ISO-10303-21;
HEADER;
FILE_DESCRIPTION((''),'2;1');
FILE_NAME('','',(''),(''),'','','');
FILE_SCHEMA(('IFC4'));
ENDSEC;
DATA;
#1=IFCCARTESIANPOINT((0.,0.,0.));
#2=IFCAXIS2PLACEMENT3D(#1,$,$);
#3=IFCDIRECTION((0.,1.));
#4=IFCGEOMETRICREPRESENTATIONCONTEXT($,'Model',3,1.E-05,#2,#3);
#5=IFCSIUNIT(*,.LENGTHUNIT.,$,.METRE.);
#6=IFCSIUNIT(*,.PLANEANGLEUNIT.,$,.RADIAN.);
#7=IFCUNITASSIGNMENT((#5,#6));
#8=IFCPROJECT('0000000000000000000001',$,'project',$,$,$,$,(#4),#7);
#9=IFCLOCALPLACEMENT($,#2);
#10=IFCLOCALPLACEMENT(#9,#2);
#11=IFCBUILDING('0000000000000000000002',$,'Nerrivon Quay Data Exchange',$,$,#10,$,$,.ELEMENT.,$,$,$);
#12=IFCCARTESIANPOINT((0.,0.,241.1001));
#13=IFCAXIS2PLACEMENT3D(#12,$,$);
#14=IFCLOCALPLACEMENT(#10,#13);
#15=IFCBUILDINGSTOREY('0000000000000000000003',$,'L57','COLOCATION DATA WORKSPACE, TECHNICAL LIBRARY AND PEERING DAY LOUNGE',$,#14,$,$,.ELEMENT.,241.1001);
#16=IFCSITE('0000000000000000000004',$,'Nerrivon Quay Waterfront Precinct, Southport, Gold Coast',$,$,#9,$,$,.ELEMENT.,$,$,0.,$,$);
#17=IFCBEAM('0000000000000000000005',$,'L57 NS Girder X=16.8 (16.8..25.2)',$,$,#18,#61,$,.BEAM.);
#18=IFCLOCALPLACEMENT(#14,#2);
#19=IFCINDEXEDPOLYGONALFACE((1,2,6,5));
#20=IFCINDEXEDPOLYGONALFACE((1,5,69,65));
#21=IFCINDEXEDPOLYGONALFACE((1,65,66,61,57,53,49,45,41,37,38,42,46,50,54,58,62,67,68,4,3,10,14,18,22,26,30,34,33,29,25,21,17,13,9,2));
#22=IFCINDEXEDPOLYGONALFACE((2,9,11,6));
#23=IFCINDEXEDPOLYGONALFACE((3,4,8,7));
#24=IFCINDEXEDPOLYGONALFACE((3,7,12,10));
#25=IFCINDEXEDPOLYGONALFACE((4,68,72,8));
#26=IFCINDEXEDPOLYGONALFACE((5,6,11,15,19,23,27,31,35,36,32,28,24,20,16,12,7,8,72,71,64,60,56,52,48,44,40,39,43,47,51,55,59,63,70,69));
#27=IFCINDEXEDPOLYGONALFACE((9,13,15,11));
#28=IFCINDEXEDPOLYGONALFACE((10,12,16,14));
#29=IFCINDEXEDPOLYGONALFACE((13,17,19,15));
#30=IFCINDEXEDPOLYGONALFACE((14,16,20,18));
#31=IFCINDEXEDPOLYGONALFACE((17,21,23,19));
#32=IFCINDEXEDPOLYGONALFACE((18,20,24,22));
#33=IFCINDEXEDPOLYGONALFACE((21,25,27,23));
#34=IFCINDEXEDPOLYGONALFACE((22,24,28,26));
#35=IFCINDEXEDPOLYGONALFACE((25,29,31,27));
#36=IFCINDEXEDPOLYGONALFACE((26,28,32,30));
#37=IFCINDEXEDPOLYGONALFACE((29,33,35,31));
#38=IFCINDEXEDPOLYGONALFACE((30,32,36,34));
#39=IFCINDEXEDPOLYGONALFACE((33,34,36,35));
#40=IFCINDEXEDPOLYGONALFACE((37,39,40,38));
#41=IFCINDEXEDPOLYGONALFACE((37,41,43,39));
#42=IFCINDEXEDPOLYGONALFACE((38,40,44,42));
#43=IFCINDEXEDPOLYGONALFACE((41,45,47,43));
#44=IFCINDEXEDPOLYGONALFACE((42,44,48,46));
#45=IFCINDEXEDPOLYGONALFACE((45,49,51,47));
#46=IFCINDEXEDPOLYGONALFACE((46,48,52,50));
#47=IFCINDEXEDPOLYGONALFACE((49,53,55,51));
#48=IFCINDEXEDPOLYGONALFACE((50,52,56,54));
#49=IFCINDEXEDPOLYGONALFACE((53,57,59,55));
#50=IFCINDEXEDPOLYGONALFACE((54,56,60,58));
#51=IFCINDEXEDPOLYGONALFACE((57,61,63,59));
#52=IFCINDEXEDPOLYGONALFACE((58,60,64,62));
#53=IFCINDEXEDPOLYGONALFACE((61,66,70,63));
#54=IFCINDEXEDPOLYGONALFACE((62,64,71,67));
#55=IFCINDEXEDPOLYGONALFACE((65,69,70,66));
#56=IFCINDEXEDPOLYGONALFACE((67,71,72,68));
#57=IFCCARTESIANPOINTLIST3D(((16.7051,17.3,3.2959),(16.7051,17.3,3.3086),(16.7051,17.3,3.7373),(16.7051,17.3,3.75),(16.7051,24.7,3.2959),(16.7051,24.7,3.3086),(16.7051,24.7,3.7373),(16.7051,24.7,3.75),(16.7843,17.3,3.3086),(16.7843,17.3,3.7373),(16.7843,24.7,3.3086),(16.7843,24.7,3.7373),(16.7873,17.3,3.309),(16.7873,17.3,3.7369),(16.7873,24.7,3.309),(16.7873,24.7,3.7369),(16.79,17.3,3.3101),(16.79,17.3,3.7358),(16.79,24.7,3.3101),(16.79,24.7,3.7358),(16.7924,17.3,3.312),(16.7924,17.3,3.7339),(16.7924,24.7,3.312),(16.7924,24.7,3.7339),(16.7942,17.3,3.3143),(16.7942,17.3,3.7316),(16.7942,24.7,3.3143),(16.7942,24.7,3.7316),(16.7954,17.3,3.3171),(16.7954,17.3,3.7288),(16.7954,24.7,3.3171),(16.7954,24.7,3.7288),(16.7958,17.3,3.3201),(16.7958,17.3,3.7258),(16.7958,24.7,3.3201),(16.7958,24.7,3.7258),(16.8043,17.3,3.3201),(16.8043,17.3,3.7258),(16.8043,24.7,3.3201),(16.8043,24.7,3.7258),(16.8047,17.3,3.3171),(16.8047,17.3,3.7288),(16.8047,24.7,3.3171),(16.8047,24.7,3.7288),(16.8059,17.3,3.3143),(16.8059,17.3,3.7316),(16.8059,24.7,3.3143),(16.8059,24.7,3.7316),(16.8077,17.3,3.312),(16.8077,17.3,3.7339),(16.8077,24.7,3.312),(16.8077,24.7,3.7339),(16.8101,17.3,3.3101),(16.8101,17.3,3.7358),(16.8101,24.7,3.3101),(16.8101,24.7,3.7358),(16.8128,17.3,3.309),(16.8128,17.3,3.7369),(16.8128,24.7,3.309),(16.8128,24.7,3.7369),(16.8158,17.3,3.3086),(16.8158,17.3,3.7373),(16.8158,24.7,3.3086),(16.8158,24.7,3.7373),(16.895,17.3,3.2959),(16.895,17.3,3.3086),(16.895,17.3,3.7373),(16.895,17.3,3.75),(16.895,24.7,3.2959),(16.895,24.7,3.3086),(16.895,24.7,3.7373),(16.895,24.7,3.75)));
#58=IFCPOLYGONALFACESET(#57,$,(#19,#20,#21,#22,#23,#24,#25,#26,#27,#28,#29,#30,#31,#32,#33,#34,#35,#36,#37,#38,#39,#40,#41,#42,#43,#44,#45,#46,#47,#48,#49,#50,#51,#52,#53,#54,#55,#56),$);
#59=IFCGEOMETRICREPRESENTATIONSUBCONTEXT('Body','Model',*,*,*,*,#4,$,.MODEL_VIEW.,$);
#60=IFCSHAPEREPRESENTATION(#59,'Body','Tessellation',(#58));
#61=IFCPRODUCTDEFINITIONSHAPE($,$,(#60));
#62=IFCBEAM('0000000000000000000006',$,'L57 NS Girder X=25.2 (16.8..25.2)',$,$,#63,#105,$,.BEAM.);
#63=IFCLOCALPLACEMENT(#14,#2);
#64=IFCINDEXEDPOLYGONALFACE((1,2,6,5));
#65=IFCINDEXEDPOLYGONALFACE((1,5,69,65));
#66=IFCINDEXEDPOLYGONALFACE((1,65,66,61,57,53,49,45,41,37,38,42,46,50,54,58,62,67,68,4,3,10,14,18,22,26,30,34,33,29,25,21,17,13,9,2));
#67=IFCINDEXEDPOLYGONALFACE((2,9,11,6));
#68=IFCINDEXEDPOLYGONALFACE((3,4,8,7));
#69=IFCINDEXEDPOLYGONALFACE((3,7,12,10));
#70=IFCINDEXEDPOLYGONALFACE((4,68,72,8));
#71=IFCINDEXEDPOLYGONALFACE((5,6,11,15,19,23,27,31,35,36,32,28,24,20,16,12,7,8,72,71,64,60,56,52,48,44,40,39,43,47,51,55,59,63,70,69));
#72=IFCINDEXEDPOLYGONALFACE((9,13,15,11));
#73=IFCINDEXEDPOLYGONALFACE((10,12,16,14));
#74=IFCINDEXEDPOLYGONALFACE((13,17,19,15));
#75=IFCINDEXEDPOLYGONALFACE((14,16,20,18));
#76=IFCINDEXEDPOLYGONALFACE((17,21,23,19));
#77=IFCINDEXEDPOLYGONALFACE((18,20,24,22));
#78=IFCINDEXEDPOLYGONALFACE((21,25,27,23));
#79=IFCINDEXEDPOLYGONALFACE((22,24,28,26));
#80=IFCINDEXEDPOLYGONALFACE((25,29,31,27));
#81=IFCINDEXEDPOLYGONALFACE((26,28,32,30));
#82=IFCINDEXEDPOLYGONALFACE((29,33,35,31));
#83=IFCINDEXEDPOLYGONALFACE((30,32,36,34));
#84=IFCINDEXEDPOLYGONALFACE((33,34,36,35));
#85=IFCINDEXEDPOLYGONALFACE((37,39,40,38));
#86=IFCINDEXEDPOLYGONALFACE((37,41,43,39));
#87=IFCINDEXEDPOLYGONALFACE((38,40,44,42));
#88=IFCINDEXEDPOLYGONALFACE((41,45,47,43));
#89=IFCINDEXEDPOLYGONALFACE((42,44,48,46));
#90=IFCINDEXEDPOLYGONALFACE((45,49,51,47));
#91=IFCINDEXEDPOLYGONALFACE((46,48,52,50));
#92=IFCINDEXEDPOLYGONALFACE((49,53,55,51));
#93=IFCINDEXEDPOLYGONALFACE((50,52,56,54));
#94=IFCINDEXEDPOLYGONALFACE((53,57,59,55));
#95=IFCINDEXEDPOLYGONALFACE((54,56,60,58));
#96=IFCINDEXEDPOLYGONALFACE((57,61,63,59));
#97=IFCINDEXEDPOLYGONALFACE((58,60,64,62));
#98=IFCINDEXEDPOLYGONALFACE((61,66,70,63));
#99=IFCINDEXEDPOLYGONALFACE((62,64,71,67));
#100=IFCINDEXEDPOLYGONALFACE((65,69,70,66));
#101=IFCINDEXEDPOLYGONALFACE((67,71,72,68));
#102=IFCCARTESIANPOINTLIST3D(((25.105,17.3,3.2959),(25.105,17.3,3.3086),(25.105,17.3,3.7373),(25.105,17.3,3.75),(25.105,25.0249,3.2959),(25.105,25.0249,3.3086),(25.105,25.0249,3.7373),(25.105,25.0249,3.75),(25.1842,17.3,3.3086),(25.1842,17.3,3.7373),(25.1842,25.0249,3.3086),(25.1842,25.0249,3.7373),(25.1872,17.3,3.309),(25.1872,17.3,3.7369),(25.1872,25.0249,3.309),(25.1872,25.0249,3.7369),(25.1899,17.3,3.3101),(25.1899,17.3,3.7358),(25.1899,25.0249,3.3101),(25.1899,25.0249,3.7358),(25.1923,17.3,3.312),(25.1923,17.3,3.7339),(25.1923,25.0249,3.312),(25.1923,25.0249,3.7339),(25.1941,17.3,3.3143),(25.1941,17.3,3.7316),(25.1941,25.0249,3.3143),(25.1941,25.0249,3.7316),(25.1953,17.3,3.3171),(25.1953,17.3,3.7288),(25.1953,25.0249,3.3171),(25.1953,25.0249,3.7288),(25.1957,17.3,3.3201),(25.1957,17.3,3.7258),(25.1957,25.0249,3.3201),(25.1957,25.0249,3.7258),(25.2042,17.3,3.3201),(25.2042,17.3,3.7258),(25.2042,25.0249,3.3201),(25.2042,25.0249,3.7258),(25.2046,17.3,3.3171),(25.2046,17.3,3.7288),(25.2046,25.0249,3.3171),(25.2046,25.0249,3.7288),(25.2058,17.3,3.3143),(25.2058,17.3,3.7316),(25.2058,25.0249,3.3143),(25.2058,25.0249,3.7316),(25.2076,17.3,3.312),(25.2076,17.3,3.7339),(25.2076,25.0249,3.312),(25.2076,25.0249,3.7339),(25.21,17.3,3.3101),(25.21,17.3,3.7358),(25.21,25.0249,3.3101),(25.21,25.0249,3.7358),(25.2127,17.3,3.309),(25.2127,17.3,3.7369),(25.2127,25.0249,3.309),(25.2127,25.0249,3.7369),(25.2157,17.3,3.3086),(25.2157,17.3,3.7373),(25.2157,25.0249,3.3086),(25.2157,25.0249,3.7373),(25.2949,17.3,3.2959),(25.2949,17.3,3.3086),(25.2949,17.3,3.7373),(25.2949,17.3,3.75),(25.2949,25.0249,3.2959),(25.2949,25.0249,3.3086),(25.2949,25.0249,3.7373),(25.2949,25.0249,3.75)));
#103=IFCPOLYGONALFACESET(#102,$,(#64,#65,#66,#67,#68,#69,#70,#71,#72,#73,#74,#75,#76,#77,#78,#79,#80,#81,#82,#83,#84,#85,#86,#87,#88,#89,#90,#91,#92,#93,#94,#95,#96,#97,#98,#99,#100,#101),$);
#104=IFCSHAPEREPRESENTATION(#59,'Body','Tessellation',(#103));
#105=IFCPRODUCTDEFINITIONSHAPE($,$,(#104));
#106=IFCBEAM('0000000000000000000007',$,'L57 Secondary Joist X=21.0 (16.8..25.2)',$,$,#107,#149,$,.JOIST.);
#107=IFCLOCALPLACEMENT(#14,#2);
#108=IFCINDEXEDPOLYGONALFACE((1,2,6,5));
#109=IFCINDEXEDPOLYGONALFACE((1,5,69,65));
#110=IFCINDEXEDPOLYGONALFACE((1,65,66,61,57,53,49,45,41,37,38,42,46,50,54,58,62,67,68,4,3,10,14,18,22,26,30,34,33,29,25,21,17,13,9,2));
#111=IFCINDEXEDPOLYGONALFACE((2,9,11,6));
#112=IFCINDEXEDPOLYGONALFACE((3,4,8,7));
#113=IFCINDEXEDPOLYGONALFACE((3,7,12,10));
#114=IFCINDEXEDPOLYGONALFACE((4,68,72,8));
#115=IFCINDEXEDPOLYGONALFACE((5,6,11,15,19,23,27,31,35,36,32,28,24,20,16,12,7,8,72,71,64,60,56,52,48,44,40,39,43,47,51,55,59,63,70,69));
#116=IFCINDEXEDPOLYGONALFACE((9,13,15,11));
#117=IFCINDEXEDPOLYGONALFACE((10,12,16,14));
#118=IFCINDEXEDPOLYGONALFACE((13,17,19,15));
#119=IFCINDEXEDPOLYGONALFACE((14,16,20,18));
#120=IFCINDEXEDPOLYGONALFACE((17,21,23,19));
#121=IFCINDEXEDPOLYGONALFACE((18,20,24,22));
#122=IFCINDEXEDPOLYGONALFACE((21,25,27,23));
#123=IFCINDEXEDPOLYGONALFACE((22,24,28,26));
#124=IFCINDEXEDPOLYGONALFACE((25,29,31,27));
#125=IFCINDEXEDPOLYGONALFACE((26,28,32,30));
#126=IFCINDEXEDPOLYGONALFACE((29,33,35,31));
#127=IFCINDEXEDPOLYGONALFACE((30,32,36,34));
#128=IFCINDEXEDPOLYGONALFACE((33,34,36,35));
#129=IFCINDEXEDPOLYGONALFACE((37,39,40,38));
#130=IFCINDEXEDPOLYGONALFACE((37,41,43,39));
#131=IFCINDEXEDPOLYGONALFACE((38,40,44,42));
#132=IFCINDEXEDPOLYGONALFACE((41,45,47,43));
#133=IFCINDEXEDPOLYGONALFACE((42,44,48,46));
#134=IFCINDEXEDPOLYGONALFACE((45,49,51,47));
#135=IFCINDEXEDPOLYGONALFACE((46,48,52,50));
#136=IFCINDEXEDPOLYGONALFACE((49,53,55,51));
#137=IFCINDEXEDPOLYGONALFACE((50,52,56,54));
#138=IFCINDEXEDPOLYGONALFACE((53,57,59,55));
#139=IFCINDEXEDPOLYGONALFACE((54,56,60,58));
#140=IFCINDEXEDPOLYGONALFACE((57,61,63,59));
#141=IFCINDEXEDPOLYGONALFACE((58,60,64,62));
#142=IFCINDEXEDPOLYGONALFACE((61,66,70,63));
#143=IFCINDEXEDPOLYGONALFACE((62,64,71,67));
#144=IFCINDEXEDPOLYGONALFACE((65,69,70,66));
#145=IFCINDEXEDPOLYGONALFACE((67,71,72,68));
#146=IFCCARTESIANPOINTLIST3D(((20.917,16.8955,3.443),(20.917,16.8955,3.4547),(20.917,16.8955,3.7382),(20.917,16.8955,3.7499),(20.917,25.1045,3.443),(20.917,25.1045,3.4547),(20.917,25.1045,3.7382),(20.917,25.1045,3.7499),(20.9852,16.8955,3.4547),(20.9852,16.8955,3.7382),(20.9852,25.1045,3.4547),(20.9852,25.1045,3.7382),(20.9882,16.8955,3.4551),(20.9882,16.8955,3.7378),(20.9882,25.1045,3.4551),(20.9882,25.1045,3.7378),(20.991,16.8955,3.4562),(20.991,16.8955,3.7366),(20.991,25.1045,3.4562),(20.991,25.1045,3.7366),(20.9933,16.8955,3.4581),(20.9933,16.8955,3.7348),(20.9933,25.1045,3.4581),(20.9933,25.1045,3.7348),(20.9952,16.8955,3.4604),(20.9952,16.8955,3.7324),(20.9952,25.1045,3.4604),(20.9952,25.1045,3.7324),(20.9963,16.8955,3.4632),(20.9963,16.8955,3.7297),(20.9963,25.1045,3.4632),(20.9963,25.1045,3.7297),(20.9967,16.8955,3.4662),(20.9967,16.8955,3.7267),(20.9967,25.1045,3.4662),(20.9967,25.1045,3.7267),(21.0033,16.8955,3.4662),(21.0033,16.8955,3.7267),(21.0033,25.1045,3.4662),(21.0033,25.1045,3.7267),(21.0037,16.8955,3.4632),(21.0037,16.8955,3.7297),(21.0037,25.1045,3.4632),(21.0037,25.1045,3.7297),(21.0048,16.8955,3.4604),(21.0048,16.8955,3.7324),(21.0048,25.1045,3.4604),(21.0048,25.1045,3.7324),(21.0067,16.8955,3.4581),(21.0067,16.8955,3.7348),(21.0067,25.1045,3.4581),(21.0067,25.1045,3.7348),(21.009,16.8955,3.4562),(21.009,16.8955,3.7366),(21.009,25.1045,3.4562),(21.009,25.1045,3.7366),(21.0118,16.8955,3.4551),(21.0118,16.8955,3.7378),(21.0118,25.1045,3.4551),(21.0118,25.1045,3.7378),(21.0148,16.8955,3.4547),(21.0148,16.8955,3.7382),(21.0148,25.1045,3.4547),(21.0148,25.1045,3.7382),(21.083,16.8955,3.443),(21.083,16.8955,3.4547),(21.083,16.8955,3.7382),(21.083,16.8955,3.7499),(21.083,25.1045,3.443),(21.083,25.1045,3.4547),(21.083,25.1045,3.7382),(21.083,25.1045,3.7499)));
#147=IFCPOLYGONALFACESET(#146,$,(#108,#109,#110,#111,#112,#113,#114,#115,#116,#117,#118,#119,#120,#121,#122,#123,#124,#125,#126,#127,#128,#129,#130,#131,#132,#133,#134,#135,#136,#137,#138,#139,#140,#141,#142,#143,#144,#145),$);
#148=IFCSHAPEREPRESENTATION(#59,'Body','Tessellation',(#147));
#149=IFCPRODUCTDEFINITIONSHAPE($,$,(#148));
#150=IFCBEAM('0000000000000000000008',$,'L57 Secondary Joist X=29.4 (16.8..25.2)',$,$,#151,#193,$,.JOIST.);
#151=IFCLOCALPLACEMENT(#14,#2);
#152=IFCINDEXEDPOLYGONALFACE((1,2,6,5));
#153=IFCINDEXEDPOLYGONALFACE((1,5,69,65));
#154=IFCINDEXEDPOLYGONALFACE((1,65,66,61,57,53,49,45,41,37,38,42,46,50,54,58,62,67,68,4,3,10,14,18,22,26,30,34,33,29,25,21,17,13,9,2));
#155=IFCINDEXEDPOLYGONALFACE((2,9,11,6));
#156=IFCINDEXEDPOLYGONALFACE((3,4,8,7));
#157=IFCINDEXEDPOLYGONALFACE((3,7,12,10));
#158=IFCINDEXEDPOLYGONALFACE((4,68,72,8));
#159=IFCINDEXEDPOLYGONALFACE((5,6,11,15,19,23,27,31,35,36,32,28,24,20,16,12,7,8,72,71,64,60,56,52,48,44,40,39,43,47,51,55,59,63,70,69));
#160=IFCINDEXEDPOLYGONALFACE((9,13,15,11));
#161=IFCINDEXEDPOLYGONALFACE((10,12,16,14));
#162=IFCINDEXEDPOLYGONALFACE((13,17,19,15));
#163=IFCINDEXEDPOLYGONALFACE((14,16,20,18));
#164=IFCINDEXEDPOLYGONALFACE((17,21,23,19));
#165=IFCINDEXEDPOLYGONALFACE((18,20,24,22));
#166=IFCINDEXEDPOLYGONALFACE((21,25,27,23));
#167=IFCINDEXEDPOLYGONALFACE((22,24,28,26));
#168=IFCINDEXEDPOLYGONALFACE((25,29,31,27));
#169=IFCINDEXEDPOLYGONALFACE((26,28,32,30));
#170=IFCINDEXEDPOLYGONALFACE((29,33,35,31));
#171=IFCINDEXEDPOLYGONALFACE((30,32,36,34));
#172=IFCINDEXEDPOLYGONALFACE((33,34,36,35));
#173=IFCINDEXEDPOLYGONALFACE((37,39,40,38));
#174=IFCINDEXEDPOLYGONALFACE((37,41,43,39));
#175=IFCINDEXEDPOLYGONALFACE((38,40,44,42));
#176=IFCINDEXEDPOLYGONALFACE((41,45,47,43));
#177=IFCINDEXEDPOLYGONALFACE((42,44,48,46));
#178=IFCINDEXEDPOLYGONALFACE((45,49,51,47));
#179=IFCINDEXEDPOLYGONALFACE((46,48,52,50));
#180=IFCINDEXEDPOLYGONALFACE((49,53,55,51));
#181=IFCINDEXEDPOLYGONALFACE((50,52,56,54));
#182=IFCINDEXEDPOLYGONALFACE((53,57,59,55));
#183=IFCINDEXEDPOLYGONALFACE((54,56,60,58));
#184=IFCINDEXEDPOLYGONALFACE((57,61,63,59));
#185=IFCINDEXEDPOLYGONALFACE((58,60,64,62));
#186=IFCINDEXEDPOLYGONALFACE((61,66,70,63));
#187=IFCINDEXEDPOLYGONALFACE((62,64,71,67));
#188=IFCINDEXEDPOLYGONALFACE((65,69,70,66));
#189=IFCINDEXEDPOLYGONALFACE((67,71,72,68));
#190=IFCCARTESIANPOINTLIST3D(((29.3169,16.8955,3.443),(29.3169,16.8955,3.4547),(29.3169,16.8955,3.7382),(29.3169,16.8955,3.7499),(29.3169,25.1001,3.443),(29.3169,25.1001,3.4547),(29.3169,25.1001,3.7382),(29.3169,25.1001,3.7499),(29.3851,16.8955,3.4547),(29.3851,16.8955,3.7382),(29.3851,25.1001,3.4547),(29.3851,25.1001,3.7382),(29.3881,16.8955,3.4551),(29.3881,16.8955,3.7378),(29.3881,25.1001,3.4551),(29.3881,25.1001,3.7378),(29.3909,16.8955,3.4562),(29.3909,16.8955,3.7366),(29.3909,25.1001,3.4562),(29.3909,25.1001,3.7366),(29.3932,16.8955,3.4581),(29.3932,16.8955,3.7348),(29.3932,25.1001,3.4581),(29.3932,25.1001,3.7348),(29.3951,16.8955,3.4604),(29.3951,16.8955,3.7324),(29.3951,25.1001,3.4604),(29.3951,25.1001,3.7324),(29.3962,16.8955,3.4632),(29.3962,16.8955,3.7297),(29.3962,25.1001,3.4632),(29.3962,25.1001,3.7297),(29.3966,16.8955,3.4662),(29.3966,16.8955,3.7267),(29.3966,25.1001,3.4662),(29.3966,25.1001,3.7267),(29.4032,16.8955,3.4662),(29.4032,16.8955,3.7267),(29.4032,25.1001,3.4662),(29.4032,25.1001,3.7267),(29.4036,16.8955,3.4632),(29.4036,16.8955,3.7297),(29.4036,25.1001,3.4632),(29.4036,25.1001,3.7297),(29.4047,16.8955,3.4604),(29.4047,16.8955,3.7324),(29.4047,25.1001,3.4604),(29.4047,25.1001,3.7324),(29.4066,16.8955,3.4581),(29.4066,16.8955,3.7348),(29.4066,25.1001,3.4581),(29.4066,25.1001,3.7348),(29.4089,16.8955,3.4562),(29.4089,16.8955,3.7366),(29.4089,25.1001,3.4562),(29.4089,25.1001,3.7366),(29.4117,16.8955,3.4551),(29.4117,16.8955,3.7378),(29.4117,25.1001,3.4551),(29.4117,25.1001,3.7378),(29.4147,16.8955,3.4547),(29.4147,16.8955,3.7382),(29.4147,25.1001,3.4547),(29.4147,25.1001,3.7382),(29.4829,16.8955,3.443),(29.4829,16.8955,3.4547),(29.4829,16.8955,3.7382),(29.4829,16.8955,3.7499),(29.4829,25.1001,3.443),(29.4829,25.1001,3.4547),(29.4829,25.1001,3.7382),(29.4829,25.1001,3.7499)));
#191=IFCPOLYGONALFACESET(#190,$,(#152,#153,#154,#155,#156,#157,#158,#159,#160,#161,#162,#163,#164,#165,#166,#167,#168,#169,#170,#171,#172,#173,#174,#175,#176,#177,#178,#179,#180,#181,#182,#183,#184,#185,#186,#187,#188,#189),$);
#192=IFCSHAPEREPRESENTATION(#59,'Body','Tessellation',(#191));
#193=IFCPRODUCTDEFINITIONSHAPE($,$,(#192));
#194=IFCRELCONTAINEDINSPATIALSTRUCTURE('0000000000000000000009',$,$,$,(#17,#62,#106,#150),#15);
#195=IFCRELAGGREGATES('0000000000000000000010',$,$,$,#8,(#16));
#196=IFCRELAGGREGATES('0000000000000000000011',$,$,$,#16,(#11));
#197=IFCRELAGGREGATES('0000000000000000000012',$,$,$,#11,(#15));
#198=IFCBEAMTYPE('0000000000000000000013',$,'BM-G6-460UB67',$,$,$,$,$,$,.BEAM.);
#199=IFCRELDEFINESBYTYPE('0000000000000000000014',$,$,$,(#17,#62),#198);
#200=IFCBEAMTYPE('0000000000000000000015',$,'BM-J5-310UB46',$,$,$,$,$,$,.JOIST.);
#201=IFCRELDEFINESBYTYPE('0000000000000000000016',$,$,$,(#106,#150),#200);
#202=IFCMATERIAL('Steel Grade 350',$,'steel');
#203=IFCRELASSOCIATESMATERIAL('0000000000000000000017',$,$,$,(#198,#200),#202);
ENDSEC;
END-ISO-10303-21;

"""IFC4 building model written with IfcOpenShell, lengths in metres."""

from ifc_helpers import new_model, si_unit, direction, frame, origin, origin_2d, place, context, subcontext, project, spatial, i_section, extrude, material, material_profile, profile_set, type_object, element, save


model = new_model("IFC4")

# Units and contexts
model_context = context("Model", 3, precision=1e-05, world=origin(), true_north=direction((0.0, 1.0)))
body_context = subcontext(model_context, "Body", "Model", "MODEL_VIEW")
ifc_project = project(units=[si_unit("LENGTHUNIT", "METRE"), si_unit("PLANEANGLEUNIT", "RADIAN")], contexts=[model_context])

# Site, building, storey
site_placement = place(None, origin())
site = spatial("IfcSite", under=ifc_project, at=site_placement, Name="Nerrivon Quay Waterfront Precinct, Southport, Gold Coast", CompositionType="ELEMENT", RefElevation=0.0)
building_placement = place(site_placement, origin())
building = spatial("IfcBuilding", under=site, at=building_placement, Name="Nerrivon Quay Data Exchange", CompositionType="ELEMENT")
storey_placement = place(building_placement, frame((0.0, 0.0, 241.1001)))
storey = spatial("IfcBuildingStorey", under=building, at=storey_placement, Name="L57", Description="COLOCATION DATA WORKSPACE, TECHNICAL LIBRARY AND PEERING DAY LOUNGE", CompositionType="ELEMENT", Elevation=241.1001)

# Beams
ifc_material_1 = material(Name="Steel Grade 350", Category="steel")
ifc_material_profile_1 = material_profile(ifc_material_1, i_section(OverallWidth=0.1899, OverallDepth=0.4541, WebThickness=0.0085, FlangeThickness=0.0127, FilletRadius=0.0115, at=origin_2d()), Name="460UB67.1")
ifc_profile_set_1 = profile_set([ifc_material_profile_1], Name="Steel Grade 350")
beam_type_1 = type_object("IfcBeamType", Name="BM-G6-460UB67", PredefinedType="BEAM", material=ifc_profile_set_1)
beam_1_placement = place(storey_placement, frame((16.8, 17.3, 3.5229), z_axis=(0.0, 1.0, 0.0), x_axis=(-1.0, 0.0, 0.0)))
element("IfcBeam", 1, at=beam_1_placement, inside=storey, type_object=beam_type_1, Name="L57 NS Girder X=16.8 (16.8..25.2)", PredefinedType="BEAM", context=body_context, shape_type="SweptSolid", body=[
    extrude(i_section(OverallWidth=0.1899, OverallDepth=0.4541, WebThickness=0.0085, FlangeThickness=0.0127, FilletRadius=0.0115, at=origin_2d()), origin(), (0.0, 0.0, 1.0), 7.3999),
])
beam_2_placement = place(storey_placement, frame((25.2, 17.3, 3.5229), z_axis=(0.0, 1.0, 0.0), x_axis=(-1.0, 0.0, 0.0)))
element("IfcBeam", 2, at=beam_2_placement, inside=storey, type_object=beam_type_1, Name="L57 NS Girder X=25.2 (16.8..25.2)", PredefinedType="BEAM", context=body_context, shape_type="SweptSolid", body=[
    extrude(i_section(OverallWidth=0.1899, OverallDepth=0.4541, WebThickness=0.0085, FlangeThickness=0.0127, FilletRadius=0.0115, at=origin_2d()), origin(), (0.0, 0.0, 1.0), 7.7249),
])
ifc_material_profile_2 = material_profile(ifc_material_1, i_section(OverallWidth=0.166, OverallDepth=0.3069, WebThickness=0.0066, FlangeThickness=0.0117, FilletRadius=0.0115, at=origin_2d()), Name="310UB46.2")
ifc_profile_set_2 = profile_set([ifc_material_profile_2], Name="Steel Grade 350")
beam_type_2 = type_object("IfcBeamType", Name="BM-J5-310UB46", PredefinedType="JOIST", material=ifc_profile_set_2)
beam_3_placement = place(storey_placement, frame((21.0, 16.8955, 3.5964), z_axis=(0.0, 1.0, 0.0), x_axis=(-1.0, 0.0, 0.0)))
element("IfcBeam", 3, at=beam_3_placement, inside=storey, type_object=beam_type_2, Name="L57 Secondary Joist X=21.0 (16.8..25.2)", PredefinedType="JOIST", context=body_context, shape_type="SweptSolid", body=[
    extrude(i_section(OverallWidth=0.166, OverallDepth=0.3069, WebThickness=0.0066, FlangeThickness=0.0117, FilletRadius=0.0115, at=origin_2d()), origin(), (0.0, 0.0, 1.0), 8.209),
])
beam_4_placement = place(storey_placement, frame((29.3999, 16.8955, 3.5964), z_axis=(0.0, 1.0, 0.0), x_axis=(-1.0, 0.0, 0.0)))
element("IfcBeam", 4, at=beam_4_placement, inside=storey, type_object=beam_type_2, Name="L57 Secondary Joist X=29.4 (16.8..25.2)", PredefinedType="JOIST", context=body_context, shape_type="SweptSolid", body=[
    extrude(i_section(OverallWidth=0.166, OverallDepth=0.3069, WebThickness=0.0066, FlangeThickness=0.0117, FilletRadius=0.0115, at=origin_2d()), origin(), (0.0, 0.0, 1.0), 8.2046),
])

save(model, "model.ifc")
